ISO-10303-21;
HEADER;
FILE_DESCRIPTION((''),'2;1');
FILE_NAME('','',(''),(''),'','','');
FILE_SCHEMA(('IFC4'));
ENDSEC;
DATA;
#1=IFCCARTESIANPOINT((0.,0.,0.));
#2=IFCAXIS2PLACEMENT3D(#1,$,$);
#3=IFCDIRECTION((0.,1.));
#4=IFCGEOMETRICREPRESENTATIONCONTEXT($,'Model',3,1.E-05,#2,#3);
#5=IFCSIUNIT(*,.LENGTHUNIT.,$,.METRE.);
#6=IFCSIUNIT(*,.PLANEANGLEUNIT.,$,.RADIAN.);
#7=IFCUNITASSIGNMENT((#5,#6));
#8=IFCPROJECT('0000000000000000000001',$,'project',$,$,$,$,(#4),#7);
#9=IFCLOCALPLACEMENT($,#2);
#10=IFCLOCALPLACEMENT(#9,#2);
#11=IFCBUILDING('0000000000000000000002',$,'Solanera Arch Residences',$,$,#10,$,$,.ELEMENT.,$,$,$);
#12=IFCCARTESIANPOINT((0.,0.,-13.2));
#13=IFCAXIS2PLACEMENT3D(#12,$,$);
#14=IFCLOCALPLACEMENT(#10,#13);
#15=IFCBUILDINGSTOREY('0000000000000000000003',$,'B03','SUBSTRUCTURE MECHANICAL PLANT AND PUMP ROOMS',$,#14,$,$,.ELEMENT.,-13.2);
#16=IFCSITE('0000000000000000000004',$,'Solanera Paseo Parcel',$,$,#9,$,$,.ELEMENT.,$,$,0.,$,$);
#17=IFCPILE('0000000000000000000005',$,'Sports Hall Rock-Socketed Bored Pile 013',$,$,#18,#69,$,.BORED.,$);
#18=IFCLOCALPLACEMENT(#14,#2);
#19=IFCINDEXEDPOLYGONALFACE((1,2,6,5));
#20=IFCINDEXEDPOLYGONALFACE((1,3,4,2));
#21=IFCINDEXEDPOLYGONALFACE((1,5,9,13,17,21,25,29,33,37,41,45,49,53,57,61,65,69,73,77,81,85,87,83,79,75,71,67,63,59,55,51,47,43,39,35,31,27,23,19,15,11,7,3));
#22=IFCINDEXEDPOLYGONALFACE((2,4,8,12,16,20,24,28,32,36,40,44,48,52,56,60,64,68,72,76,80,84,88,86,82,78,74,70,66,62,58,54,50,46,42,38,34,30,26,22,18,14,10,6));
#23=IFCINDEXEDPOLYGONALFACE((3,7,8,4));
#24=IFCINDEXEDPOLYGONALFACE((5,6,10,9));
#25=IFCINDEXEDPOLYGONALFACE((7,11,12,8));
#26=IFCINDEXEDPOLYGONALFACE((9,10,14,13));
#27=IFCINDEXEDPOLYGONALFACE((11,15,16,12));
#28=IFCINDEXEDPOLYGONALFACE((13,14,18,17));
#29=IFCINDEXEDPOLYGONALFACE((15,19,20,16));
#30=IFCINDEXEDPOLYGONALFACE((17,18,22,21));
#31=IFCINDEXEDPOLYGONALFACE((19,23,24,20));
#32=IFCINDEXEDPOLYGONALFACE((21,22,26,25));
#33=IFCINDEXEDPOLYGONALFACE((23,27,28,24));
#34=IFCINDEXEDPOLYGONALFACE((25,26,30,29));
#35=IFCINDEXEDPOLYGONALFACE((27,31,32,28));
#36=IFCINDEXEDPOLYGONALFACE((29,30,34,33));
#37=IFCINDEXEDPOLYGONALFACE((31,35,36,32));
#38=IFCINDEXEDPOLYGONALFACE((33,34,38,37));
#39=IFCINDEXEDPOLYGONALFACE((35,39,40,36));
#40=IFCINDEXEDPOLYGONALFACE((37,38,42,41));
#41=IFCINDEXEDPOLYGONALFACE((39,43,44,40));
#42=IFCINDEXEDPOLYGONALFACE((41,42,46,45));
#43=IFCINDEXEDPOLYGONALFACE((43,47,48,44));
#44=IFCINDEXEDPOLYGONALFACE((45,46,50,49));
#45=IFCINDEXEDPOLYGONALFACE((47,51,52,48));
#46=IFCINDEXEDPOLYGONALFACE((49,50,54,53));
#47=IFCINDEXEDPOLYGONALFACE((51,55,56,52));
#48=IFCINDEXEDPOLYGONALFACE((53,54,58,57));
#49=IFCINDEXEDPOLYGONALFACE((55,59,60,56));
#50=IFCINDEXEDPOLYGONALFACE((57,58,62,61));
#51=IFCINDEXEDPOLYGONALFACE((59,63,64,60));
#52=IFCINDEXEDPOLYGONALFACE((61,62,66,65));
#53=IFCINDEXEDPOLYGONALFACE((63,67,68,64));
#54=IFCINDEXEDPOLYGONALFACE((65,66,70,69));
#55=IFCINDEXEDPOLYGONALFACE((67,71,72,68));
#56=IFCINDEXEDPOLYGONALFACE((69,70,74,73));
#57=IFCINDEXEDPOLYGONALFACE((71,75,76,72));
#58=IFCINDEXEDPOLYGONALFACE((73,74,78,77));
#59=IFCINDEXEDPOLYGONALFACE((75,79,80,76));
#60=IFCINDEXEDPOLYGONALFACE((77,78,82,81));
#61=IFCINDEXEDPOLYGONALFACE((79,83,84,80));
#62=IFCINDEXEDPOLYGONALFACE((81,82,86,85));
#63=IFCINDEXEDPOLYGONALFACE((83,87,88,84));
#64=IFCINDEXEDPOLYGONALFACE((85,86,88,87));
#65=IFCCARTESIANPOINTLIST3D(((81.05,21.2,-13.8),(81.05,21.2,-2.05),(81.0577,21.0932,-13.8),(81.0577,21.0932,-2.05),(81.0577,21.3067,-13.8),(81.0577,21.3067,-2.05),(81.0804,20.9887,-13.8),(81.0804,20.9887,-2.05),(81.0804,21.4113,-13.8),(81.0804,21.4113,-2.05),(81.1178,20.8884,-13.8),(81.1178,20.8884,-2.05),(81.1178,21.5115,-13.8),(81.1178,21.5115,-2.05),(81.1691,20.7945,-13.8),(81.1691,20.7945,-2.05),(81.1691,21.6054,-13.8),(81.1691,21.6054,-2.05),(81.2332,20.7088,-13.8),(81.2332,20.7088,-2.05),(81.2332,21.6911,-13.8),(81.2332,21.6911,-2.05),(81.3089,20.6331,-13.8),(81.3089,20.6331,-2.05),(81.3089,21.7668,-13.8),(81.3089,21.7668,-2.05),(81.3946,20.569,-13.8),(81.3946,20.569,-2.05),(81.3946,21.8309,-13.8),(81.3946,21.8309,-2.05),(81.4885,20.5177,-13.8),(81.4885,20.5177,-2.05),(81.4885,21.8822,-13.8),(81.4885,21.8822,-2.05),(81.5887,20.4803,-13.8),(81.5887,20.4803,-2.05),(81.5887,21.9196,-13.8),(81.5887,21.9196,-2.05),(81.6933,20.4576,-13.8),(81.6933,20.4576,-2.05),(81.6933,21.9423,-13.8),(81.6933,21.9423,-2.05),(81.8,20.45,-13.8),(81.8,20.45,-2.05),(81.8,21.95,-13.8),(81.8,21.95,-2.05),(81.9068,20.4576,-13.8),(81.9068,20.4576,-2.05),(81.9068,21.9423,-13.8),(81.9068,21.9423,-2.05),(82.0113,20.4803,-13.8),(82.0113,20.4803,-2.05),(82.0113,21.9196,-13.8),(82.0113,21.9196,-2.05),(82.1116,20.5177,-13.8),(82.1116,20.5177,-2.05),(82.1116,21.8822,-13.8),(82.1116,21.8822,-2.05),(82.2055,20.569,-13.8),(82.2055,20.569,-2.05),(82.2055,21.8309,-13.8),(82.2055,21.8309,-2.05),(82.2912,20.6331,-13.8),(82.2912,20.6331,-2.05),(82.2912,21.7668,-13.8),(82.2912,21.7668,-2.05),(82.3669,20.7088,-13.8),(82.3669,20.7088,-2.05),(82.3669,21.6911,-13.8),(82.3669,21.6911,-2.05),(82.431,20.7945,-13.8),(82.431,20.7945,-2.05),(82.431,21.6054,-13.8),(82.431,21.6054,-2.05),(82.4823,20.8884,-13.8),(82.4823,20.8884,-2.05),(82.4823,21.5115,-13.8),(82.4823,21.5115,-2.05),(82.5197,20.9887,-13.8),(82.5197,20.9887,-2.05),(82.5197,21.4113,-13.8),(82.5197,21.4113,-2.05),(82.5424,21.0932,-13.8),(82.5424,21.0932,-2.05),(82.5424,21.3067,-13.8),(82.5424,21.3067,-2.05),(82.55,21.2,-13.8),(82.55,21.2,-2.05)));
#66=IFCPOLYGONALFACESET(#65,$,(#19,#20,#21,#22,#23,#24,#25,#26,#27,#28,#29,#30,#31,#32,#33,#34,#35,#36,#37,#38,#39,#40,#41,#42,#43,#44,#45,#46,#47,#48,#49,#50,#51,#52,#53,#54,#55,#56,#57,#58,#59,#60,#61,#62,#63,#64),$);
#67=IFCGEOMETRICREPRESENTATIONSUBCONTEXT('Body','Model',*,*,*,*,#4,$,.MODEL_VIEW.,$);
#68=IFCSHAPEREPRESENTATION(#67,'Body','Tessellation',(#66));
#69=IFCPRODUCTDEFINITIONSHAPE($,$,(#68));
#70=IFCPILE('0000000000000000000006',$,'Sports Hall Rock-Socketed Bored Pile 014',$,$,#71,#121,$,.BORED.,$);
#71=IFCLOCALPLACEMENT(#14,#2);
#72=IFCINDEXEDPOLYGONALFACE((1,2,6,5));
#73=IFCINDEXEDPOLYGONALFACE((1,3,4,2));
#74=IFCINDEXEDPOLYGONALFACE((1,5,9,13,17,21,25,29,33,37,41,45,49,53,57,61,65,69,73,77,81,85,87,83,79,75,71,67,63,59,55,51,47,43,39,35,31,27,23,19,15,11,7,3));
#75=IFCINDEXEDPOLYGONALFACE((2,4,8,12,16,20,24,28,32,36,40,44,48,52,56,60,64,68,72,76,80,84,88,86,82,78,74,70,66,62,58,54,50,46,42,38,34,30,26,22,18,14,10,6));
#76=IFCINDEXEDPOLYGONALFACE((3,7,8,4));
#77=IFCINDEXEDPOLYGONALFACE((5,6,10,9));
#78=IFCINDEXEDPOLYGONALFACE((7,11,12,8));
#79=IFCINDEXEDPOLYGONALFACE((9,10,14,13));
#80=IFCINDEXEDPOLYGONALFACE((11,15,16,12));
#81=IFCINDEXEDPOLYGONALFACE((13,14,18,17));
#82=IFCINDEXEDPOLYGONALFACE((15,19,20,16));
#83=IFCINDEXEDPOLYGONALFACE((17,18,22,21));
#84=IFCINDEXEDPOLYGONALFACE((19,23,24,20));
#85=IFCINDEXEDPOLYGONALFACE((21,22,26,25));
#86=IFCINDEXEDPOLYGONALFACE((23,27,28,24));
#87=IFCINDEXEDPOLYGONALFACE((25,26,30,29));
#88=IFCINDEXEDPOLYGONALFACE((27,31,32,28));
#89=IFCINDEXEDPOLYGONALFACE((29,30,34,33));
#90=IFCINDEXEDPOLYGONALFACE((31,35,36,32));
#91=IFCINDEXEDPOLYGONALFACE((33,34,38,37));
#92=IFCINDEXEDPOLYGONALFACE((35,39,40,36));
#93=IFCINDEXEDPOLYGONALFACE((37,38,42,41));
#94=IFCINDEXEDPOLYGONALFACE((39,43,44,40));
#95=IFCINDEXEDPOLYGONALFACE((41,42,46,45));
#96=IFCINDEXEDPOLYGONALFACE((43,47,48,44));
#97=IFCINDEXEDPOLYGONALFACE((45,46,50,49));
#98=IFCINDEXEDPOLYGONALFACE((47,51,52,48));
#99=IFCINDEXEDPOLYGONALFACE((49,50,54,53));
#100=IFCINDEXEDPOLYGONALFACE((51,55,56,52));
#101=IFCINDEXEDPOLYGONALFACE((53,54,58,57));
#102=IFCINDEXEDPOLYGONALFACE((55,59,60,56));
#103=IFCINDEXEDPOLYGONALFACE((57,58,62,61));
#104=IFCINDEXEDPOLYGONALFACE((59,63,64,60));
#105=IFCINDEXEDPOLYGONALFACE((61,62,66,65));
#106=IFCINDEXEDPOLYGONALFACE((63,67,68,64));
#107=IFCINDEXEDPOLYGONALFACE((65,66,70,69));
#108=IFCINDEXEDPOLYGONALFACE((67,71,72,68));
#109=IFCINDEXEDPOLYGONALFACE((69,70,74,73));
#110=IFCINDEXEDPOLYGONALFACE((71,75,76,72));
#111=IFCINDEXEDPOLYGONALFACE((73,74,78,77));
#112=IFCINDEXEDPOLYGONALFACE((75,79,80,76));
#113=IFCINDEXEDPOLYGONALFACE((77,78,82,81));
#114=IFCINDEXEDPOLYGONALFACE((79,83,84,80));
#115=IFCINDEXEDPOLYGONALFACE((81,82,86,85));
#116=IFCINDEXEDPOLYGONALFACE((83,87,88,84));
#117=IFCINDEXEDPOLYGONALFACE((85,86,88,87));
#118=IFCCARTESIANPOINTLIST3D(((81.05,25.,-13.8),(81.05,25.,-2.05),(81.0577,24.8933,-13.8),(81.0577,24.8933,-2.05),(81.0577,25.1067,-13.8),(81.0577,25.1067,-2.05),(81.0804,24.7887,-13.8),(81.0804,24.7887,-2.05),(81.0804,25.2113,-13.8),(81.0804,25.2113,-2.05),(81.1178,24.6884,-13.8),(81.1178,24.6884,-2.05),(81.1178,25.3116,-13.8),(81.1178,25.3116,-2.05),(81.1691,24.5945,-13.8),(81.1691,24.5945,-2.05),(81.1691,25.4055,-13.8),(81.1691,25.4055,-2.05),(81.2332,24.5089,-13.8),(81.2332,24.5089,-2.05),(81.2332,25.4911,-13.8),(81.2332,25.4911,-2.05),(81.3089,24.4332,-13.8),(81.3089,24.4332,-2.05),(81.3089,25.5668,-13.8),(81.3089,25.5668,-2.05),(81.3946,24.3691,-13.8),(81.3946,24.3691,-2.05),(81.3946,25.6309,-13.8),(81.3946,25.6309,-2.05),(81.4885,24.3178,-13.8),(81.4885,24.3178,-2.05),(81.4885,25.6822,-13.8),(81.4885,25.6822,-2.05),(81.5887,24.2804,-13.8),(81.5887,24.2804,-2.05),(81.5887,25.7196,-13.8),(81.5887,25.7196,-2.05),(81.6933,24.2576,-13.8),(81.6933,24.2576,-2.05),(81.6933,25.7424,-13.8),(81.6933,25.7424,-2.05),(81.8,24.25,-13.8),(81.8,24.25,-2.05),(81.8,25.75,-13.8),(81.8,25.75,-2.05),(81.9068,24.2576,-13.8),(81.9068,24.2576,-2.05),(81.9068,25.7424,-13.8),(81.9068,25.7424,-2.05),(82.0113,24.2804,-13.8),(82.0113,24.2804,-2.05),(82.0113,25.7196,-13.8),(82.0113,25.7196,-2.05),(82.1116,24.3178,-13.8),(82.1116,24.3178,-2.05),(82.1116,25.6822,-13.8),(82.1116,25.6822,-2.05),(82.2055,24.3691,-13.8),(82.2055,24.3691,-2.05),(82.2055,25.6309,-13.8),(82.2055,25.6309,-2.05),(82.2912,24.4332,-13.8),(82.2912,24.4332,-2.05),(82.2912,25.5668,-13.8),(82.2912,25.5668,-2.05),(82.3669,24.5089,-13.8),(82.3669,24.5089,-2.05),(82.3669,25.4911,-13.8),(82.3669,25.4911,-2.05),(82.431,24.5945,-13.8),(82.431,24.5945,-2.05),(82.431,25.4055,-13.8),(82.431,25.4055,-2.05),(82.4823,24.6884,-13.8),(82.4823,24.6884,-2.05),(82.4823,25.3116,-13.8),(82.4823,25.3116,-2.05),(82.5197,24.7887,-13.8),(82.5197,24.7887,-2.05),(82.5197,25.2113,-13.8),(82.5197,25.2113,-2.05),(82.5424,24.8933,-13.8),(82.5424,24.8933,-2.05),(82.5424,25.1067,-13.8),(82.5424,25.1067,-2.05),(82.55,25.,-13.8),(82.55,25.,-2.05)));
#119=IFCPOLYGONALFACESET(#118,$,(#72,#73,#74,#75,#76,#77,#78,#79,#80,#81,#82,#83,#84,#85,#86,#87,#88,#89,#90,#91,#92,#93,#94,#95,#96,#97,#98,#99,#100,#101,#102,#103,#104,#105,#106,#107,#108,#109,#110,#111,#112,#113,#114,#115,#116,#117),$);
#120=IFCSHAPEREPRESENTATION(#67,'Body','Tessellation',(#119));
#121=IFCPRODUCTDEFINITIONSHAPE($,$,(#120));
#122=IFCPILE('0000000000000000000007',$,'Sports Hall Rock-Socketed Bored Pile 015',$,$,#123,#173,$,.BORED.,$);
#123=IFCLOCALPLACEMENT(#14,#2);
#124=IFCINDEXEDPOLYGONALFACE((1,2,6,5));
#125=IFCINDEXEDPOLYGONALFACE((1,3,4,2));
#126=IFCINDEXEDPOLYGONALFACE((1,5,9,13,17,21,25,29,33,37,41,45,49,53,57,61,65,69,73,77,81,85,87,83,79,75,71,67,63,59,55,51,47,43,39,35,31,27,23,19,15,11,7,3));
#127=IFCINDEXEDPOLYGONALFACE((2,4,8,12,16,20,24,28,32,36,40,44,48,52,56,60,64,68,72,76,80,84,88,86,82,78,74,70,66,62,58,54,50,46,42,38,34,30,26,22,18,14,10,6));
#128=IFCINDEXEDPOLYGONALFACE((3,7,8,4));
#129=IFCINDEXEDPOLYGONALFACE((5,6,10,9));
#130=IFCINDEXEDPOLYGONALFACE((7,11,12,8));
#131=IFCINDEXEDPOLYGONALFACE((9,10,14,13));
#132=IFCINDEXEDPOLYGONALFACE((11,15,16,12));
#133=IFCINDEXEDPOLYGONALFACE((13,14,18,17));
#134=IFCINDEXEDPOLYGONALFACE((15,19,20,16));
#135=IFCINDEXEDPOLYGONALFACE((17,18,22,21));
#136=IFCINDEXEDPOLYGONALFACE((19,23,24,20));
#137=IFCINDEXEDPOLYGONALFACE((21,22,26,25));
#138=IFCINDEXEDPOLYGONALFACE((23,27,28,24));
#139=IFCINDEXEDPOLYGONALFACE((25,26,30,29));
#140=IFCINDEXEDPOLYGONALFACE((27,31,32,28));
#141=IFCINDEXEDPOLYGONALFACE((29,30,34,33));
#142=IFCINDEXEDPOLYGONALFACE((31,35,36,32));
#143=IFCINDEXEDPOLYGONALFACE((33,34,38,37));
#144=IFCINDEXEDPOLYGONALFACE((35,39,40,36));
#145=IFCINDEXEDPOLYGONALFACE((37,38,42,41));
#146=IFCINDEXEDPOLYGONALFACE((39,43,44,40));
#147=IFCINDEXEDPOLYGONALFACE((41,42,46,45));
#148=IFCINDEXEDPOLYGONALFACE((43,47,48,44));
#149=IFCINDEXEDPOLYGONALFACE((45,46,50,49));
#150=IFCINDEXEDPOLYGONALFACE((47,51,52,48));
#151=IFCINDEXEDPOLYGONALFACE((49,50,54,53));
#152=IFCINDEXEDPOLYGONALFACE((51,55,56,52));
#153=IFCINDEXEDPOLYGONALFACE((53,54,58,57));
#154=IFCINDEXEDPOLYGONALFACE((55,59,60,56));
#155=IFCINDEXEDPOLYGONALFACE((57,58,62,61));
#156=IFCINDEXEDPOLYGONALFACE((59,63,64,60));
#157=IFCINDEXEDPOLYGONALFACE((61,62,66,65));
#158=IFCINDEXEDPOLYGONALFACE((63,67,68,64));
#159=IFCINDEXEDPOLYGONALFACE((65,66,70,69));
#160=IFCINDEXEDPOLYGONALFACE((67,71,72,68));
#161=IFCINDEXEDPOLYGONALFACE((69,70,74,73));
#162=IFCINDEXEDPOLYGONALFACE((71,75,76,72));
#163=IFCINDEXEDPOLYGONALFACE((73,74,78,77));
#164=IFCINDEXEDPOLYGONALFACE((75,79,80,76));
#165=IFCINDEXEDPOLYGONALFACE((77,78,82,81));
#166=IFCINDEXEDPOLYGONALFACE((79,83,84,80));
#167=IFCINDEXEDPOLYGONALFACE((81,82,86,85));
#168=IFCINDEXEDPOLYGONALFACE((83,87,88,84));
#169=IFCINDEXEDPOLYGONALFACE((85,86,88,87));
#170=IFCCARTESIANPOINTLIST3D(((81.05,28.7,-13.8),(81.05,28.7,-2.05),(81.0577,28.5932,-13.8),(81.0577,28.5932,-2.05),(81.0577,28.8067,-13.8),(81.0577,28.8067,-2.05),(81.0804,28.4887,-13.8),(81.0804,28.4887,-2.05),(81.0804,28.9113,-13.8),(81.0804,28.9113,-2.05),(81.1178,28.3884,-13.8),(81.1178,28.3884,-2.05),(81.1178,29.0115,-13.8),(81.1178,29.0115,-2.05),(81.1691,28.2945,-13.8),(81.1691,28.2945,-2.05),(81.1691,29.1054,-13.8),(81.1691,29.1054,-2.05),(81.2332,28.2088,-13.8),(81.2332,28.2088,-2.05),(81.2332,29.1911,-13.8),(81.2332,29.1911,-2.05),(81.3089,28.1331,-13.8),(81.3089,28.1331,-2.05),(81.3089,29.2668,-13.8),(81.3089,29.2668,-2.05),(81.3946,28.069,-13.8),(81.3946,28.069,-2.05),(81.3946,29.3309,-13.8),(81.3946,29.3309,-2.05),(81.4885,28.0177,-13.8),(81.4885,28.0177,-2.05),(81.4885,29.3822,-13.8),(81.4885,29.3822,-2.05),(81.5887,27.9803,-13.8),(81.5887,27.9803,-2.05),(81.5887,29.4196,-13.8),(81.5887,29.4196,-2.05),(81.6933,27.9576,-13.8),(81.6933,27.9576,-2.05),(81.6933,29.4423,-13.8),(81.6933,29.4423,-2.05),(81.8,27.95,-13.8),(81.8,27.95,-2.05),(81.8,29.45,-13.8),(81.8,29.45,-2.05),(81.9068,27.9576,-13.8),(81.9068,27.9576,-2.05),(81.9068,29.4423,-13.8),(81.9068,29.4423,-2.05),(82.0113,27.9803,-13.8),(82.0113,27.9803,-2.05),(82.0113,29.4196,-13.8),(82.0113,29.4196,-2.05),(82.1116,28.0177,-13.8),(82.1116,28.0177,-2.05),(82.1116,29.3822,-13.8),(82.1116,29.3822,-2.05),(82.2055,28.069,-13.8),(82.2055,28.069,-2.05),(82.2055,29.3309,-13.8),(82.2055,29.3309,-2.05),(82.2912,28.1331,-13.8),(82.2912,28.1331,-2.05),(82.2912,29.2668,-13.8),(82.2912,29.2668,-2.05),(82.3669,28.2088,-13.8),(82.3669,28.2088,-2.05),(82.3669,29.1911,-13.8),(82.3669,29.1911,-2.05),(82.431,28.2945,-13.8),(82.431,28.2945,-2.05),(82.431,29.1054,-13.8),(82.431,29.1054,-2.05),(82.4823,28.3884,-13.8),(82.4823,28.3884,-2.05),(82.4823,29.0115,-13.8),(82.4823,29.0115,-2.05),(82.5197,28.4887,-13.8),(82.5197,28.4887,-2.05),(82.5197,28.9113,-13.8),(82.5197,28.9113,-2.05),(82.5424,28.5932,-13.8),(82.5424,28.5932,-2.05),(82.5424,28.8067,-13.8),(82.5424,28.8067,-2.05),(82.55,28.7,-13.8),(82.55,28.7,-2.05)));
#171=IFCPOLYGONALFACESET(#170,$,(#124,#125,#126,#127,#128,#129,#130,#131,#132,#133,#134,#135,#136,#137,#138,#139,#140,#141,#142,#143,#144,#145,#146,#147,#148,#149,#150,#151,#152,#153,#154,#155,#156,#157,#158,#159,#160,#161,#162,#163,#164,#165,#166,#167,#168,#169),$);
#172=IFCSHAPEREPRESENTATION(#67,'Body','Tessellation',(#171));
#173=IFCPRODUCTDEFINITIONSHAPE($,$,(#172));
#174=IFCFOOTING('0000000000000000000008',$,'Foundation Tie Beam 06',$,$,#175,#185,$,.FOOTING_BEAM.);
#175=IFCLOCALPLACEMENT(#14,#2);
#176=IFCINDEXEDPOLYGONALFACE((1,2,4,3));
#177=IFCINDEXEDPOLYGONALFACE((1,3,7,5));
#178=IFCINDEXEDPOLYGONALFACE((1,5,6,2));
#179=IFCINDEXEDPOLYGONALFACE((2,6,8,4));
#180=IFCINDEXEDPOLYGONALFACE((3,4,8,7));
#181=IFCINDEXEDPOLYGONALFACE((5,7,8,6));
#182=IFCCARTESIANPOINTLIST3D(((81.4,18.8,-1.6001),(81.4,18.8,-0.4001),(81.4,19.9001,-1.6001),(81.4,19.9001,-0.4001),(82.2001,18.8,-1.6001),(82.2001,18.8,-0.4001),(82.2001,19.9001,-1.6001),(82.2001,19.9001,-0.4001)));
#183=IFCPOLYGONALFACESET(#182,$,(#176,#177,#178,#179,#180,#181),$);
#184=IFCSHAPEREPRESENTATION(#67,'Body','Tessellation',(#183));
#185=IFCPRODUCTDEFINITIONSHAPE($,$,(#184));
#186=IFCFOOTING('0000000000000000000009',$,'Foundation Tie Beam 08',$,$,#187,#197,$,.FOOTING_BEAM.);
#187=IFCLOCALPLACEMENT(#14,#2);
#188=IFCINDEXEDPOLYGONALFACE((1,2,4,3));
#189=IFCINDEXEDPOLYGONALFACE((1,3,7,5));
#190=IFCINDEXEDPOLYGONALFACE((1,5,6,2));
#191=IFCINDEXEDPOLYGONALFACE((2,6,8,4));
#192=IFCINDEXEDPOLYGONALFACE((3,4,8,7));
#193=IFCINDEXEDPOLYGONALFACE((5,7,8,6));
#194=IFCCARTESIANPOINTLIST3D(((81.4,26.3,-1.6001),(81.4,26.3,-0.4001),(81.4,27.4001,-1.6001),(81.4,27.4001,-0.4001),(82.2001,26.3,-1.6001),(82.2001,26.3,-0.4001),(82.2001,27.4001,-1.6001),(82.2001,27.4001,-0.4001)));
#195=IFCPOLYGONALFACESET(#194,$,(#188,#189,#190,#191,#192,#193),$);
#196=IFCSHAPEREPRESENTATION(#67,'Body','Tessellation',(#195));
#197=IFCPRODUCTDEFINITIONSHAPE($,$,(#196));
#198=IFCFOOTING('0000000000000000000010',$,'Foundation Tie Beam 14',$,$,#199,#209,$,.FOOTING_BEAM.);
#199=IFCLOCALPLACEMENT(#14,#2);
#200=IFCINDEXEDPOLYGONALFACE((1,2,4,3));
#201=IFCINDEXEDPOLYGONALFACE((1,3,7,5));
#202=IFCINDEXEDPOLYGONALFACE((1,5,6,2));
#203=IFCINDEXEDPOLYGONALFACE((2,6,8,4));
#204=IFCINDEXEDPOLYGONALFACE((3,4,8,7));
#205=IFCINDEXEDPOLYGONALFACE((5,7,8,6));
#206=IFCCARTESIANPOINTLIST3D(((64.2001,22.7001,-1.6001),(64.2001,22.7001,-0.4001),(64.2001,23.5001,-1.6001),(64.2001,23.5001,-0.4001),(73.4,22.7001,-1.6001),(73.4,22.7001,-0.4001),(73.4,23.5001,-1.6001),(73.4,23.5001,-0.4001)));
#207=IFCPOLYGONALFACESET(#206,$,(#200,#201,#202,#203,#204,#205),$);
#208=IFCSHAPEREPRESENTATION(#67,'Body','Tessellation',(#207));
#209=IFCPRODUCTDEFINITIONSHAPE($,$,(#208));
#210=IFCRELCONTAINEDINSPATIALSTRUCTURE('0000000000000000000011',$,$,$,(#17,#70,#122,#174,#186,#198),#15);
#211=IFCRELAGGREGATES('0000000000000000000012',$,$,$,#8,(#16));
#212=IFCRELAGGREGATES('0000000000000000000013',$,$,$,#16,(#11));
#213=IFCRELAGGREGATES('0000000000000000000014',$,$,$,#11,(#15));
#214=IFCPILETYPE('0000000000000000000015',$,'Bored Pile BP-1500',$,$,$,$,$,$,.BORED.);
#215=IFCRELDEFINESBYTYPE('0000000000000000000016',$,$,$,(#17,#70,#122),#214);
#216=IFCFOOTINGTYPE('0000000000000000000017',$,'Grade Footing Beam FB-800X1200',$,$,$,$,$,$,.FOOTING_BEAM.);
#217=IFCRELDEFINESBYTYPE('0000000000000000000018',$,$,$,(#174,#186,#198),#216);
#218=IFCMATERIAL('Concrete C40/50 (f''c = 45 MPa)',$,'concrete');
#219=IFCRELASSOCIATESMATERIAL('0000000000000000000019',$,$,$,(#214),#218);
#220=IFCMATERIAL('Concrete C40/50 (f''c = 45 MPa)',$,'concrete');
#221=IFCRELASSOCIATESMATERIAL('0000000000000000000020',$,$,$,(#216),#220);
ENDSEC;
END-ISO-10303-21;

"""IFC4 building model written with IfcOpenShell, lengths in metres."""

from ifc_helpers import new_model, si_unit, direction, frame, origin, origin_2d, place, context, subcontext, project, spatial, rectangle, circle, extrude, material, material_profile, profile_set, type_object, element, save


model = new_model("IFC4")

# Units and contexts
model_context = context("Model", 3, precision=1e-05, world=origin(), true_north=direction((0.0, 1.0)))
body_context = subcontext(model_context, "Body", "Model", "MODEL_VIEW")
ifc_project = project(units=[si_unit("LENGTHUNIT", "METRE"), si_unit("PLANEANGLEUNIT", "RADIAN")], contexts=[model_context])

# Site, building, storey
site_placement = place(None, origin())
site = spatial("IfcSite", under=ifc_project, at=site_placement, Name="Solanera Paseo Parcel", CompositionType="ELEMENT", RefElevation=0.0)
building_placement = place(site_placement, origin())
building = spatial("IfcBuilding", under=site, at=building_placement, Name="Solanera Arch Residences", CompositionType="ELEMENT")
storey_placement = place(building_placement, frame((0.0, 0.0, -13.2)))
storey = spatial("IfcBuildingStorey", under=building, at=storey_placement, Name="B03", Description="SUBSTRUCTURE MECHANICAL PLANT AND PUMP ROOMS", CompositionType="ELEMENT", Elevation=-13.2)

# Piles
ifc_material_1 = material(Name="Concrete C40/50 (f'c = 45 MPa)", Category="concrete")
ifc_material_profile_1 = material_profile(ifc_material_1, circle(Radius=0.75, at=origin_2d()))
ifc_profile_set_1 = profile_set([ifc_material_profile_1], Name="Concrete C40/50 (f'c = 45 MPa)")
pile_type = type_object("IfcPileType", Name="Bored Pile BP-1500", PredefinedType="BORED", material=ifc_profile_set_1)
for number, where, z_axis, x_axis, name in (
    (1, (81.8, 21.2, -2.05), (0.0, 0.0, -1.0), (1.0, 0.0, 0.0), "Sports Hall Rock-Socketed Bored Pile 013"),
    (2, (81.8, 25.0, -2.05), (0.0, 0.0, -1.0), (1.0, 0.0, 0.0), "Sports Hall Rock-Socketed Bored Pile 014"),
    (3, (81.8, 28.7, -2.05), (0.0, 0.0, -1.0), (1.0, 0.0, 0.0), "Sports Hall Rock-Socketed Bored Pile 015"),
):
    element("IfcPile", number, at=place(storey_placement, frame(where, z_axis=z_axis, x_axis=x_axis)), inside=storey, type_object=pile_type, Name=name, PredefinedType="BORED", context=body_context, shape_type="SweptSolid", body=[
        extrude(circle(Radius=0.75, at=origin_2d()), origin(), (0.0, 0.0, 1.0), 11.75),
    ])

# Footings
ifc_material_2 = material(Name="Concrete C40/50 (f'c = 45 MPa)", Category="concrete")
footing_type_1 = type_object("IfcFootingType", Name="Grade Footing Beam FB-800X1200", PredefinedType="FOOTING_BEAM", material=ifc_material_2)
for number, where, z_axis, x_axis, name in (
    (4, (81.8, 19.3501, -1.6001), (0.0, 0.0, 1.0), (1.0, 0.0, 0.0), "Foundation Tie Beam 06"),
    (5, (81.8, 26.8501, -1.6001), (0.0, 0.0, 1.0), (1.0, 0.0, 0.0), "Foundation Tie Beam 08"),
):
    element("IfcFooting", number, at=place(storey_placement, frame(where, z_axis=z_axis, x_axis=x_axis)), inside=storey, type_object=footing_type_1, Name=name, PredefinedType="FOOTING_BEAM", context=body_context, shape_type="SweptSolid", body=[
        extrude(rectangle(XDim=0.8, YDim=1.1001, at=origin_2d()), origin(), (0.0, 0.0, 1.0), 1.2),
    ])
footing_1_placement = place(storey_placement, frame((68.8, 23.1001, -1.6001), z_axis=(0.0, 0.0, 1.0), x_axis=(1.0, 0.0, 0.0)))
element("IfcFooting", 6, at=footing_1_placement, inside=storey, type_object=footing_type_1, Name="Foundation Tie Beam 14", PredefinedType="FOOTING_BEAM", context=body_context, shape_type="SweptSolid", body=[
    extrude(rectangle(XDim=9.2, YDim=0.8, at=origin_2d()), origin(), (0.0, 0.0, 1.0), 1.2),
])

save(model, "model.ifc")
